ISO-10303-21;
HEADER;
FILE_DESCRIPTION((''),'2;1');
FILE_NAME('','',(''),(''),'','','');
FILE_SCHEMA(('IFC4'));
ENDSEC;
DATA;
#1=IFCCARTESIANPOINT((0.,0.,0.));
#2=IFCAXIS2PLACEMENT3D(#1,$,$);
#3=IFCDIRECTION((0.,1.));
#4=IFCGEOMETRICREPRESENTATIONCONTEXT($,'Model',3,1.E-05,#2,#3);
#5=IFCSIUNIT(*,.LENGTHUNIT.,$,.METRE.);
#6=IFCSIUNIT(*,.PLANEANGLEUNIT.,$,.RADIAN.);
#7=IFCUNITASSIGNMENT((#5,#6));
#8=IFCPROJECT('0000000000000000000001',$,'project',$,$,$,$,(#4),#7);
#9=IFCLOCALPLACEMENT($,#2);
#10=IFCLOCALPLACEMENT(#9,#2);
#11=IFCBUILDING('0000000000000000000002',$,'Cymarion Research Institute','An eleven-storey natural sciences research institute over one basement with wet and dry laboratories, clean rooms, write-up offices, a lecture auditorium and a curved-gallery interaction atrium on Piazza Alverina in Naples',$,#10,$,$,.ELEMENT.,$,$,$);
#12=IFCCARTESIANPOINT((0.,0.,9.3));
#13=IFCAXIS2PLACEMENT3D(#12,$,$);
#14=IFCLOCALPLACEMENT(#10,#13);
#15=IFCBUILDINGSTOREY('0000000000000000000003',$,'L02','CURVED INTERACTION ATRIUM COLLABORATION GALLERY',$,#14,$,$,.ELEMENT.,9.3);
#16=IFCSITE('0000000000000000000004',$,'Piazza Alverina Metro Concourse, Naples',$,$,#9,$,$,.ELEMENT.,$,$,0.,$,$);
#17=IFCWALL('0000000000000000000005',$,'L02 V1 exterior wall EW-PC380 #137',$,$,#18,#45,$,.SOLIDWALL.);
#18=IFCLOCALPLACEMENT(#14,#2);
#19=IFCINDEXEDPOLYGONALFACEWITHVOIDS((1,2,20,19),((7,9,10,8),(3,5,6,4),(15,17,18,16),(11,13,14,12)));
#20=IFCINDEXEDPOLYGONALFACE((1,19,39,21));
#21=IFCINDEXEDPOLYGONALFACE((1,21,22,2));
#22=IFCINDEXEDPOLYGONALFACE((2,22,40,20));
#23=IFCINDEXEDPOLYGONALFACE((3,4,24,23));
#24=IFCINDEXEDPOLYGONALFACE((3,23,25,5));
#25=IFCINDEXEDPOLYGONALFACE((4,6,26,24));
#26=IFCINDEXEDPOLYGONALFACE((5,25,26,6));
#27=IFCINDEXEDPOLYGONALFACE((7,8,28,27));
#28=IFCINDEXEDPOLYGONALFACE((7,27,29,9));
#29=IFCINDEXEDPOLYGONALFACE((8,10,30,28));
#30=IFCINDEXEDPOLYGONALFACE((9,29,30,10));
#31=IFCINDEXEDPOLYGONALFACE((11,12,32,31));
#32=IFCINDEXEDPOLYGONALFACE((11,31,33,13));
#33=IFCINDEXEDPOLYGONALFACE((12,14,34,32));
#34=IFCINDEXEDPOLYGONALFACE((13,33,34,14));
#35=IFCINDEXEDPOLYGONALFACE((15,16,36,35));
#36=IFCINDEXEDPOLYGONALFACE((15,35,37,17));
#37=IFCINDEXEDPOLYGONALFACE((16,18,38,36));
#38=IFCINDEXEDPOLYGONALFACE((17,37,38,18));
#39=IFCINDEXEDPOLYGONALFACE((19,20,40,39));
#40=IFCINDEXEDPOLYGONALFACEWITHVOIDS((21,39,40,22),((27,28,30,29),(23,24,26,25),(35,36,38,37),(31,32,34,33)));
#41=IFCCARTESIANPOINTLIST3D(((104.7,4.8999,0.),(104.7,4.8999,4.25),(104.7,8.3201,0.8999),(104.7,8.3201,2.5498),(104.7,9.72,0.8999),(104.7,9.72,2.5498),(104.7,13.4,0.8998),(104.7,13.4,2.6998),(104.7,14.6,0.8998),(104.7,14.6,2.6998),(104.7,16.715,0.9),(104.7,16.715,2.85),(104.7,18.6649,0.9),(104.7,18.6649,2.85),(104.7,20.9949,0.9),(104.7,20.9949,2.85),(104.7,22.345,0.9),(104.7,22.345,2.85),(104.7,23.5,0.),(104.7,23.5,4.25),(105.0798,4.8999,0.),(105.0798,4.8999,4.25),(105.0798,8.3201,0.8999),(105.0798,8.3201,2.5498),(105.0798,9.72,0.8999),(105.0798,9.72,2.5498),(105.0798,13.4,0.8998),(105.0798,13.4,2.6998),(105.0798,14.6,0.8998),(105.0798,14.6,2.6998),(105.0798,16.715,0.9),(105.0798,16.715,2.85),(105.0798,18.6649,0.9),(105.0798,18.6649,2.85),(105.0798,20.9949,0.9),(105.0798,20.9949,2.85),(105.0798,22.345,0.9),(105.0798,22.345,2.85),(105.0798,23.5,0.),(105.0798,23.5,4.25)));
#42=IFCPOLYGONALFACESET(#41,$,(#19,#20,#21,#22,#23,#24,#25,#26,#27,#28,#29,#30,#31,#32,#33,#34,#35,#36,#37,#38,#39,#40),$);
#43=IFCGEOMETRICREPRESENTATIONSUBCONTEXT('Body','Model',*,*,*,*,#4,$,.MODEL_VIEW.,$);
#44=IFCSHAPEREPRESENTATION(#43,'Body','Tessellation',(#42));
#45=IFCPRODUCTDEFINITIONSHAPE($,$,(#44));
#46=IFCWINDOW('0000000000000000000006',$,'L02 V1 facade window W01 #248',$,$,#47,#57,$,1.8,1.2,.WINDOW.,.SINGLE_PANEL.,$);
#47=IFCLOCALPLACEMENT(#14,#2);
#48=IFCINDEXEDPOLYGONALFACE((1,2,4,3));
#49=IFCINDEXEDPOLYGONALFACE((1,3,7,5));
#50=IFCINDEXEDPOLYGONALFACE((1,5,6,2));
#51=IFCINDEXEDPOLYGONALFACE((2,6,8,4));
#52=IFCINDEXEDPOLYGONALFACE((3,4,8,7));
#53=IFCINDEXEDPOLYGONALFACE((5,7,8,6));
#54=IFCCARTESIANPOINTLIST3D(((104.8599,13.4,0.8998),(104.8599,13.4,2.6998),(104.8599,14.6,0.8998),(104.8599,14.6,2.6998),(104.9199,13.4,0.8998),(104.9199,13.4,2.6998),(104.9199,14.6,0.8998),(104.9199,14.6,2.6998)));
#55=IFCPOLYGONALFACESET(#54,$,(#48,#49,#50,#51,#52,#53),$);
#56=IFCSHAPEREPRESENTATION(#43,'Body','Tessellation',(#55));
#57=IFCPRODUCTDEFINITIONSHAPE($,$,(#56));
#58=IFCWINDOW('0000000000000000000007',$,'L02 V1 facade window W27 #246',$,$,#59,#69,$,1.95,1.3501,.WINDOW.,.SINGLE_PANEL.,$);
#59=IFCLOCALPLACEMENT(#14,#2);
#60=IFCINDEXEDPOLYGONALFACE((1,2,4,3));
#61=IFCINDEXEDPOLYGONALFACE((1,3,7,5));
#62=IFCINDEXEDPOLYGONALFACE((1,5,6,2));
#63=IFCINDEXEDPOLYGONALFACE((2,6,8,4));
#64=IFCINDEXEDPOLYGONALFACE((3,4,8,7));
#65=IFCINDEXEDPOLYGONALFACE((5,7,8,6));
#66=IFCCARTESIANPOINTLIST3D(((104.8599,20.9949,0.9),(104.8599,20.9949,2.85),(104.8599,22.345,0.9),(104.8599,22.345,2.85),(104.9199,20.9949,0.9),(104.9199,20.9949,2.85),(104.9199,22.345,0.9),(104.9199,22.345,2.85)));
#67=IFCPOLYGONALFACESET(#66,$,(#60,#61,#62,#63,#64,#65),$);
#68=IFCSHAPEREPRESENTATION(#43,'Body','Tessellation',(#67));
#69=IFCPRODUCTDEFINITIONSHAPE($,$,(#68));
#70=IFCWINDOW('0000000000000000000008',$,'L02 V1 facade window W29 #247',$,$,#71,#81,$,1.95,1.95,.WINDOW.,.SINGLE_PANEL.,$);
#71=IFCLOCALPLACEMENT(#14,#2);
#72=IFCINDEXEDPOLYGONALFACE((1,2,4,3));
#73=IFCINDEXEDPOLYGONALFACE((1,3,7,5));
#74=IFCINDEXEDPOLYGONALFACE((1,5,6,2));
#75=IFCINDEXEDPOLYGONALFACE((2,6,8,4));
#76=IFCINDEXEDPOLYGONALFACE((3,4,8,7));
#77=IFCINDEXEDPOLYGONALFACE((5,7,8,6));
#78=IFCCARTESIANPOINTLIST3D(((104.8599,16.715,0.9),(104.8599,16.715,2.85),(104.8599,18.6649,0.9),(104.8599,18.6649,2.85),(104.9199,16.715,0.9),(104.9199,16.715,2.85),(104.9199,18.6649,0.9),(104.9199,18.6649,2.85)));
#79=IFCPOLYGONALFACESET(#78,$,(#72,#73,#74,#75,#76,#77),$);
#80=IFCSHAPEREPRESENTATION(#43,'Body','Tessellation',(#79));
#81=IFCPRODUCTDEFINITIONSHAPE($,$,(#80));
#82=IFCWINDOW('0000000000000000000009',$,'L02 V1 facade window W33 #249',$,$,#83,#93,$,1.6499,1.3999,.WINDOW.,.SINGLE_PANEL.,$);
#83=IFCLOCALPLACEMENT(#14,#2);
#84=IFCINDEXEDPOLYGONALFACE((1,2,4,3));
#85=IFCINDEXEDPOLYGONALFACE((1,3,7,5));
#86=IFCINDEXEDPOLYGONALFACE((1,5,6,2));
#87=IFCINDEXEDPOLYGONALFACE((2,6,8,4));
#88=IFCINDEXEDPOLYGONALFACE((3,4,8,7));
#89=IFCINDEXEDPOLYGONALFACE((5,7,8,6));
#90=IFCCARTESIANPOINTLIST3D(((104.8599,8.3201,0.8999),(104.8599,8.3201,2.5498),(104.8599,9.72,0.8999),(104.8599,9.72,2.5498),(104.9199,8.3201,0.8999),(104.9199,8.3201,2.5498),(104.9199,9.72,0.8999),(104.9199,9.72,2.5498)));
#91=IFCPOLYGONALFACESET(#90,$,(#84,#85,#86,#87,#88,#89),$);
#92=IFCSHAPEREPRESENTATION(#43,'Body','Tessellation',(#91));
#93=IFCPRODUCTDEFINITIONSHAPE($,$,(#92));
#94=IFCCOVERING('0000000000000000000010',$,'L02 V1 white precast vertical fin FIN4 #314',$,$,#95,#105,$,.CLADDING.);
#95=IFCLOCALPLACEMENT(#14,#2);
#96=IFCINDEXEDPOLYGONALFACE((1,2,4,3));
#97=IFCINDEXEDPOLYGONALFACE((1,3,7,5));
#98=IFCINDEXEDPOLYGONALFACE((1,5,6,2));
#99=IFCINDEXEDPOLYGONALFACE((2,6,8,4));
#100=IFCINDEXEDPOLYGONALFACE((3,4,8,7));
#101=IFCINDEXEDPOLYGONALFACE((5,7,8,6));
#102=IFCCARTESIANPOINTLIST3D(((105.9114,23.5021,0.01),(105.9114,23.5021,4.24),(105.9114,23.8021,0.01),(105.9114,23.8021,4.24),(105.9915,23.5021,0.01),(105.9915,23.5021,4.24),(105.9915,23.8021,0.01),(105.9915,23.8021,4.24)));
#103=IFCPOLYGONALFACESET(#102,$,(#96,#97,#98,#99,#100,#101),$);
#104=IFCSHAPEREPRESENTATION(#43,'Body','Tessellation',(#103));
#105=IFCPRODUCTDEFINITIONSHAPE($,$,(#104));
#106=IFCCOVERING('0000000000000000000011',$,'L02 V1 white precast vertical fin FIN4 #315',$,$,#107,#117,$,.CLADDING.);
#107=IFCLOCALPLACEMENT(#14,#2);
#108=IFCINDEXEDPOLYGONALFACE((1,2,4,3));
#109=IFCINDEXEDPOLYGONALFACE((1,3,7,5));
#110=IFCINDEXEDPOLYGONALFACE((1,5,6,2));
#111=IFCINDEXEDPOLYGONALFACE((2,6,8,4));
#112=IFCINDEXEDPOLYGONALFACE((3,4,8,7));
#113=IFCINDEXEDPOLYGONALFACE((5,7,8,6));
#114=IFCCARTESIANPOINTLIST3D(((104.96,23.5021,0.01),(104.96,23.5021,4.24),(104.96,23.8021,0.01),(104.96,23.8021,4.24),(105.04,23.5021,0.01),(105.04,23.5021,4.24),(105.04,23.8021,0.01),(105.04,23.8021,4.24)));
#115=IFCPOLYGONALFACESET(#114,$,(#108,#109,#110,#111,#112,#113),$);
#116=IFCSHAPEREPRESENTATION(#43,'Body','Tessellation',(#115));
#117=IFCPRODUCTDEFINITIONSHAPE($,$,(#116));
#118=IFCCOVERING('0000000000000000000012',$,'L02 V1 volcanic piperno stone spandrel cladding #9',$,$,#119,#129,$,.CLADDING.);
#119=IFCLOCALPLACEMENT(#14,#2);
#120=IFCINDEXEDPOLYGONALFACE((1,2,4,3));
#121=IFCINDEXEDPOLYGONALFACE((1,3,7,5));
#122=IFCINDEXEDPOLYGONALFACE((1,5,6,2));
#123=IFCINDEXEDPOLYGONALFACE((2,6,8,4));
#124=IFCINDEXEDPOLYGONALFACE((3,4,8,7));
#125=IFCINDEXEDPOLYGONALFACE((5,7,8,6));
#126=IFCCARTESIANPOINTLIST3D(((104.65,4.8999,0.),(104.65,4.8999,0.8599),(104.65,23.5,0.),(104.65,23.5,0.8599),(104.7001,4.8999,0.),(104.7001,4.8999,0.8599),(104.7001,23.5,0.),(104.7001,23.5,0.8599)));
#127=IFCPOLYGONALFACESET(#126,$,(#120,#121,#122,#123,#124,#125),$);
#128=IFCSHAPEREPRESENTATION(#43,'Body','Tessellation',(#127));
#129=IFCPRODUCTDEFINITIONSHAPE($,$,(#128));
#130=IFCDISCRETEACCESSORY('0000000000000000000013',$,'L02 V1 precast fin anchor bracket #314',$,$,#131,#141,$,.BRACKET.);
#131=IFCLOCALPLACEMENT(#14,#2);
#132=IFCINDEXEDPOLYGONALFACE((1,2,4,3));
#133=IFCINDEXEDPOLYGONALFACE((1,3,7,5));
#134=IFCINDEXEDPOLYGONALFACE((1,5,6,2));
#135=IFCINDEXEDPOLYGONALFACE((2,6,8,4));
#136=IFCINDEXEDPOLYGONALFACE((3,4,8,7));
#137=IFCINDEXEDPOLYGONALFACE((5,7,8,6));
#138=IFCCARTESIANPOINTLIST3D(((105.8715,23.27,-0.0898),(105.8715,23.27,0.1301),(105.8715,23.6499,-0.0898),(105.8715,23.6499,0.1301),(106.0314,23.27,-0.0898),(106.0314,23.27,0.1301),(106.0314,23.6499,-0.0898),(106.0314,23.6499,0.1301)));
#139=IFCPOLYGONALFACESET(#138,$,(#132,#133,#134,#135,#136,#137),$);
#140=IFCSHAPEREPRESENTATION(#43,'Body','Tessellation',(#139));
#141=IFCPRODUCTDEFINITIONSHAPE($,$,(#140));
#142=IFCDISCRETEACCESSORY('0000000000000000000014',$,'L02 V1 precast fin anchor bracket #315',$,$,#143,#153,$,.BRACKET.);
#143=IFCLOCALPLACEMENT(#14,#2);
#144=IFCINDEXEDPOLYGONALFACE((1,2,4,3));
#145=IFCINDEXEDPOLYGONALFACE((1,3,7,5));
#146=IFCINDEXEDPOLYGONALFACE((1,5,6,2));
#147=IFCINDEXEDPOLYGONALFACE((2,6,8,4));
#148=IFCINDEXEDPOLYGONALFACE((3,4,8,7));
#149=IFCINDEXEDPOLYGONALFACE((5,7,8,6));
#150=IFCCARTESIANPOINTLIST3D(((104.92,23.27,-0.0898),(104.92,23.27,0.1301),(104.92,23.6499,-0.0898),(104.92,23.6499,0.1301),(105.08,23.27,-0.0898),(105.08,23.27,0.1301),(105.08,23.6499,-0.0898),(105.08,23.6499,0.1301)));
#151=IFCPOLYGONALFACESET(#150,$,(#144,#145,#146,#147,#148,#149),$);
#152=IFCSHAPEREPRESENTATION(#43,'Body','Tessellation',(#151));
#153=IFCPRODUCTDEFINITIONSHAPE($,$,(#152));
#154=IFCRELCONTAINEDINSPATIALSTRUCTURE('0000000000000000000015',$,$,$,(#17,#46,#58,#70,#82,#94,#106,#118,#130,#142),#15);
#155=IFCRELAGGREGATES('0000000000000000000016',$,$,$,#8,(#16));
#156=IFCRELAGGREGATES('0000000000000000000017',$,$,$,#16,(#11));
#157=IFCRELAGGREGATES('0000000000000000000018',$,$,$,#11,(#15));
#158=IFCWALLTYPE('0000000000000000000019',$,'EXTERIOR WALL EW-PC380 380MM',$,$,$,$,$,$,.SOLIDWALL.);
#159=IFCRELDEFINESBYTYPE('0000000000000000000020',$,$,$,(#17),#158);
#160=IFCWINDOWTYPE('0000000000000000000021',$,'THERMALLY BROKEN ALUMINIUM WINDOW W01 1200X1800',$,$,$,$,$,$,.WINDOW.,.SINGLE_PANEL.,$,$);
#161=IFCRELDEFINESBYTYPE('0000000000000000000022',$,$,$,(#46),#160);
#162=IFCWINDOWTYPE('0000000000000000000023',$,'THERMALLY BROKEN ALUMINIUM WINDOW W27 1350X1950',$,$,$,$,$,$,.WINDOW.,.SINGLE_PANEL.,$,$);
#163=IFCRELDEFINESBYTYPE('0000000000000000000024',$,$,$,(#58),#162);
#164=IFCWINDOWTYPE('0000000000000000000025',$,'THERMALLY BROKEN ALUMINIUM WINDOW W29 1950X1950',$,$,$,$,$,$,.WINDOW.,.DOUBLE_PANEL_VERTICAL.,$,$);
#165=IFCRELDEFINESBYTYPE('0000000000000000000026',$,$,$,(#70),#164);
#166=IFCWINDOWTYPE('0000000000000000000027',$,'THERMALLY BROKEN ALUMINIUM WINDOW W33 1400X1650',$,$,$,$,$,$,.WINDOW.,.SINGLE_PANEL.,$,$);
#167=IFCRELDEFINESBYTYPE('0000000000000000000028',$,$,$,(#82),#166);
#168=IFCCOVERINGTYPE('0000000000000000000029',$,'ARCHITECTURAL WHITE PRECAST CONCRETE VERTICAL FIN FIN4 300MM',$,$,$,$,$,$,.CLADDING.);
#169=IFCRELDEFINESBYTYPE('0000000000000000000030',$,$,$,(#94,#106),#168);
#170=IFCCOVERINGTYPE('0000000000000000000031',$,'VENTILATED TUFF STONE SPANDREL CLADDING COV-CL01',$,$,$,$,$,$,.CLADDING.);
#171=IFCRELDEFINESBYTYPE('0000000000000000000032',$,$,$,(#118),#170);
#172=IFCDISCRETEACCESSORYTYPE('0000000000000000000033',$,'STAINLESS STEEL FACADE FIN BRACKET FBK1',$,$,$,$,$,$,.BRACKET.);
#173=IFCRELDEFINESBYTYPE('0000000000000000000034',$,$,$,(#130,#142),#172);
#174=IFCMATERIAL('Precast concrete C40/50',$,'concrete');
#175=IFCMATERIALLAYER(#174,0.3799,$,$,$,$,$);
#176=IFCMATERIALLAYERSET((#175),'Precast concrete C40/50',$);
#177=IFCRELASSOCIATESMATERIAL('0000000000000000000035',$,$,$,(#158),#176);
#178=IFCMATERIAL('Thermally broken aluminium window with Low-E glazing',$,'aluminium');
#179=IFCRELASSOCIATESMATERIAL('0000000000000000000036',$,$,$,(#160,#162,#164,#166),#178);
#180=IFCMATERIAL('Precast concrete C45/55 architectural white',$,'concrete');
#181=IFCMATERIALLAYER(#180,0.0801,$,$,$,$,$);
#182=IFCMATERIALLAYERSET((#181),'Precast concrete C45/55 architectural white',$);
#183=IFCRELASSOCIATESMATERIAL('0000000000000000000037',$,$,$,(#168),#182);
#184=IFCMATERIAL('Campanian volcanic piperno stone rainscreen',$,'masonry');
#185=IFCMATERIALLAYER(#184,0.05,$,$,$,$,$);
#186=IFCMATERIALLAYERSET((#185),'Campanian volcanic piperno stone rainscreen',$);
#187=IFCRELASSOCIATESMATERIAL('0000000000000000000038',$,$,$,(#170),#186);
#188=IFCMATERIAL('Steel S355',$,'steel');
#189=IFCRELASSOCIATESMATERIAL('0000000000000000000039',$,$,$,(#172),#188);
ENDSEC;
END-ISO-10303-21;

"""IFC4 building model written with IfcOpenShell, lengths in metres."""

from ifc_helpers import new_model, si_unit, direction, frame, frame_2d, origin, origin_2d, place, context, subcontext, project, spatial, rectangle, extrude, material, layer, layer_set, type_object, element, fill, save


model = new_model("IFC4")

# Units and contexts
model_context = context("Model", 3, precision=1e-05, world=origin(), true_north=direction((0.0, 1.0)))
body_context = subcontext(model_context, "Body", "Model", "MODEL_VIEW")
ifc_project = project(units=[si_unit("LENGTHUNIT", "METRE"), si_unit("PLANEANGLEUNIT", "RADIAN")], contexts=[model_context])

# Site, building, storey
site_placement = place(None, origin())
site = spatial("IfcSite", under=ifc_project, at=site_placement, Name="Piazza Alverina Metro Concourse, Naples", CompositionType="ELEMENT", RefElevation=0.0)
building_placement = place(site_placement, origin())
building = spatial("IfcBuilding", under=site, at=building_placement, Name="Cymarion Research Institute", Description="An eleven-storey natural sciences research institute over one basement with wet and dry laboratories, clean rooms, write-up offices, a lecture auditorium and a curved-gallery interaction atrium on Piazza Alverina in Naples", CompositionType="ELEMENT")
storey_placement = place(building_placement, frame((0.0, 0.0, 9.3)))
storey = spatial("IfcBuildingStorey", under=building, at=storey_placement, Name="L02", Description="CURVED INTERACTION ATRIUM COLLABORATION GALLERY", CompositionType="ELEMENT", Elevation=9.3)

# Shared definitions
ifc_material_1 = material(Name="Steel S355", Category="steel")

# Wall, openings, windows
ifc_material_2 = material(Name="Precast concrete C40/50", Category="concrete")
ifc_layer_1 = layer(ifc_material_2, 0.3799)
ifc_layer_set_1 = layer_set([ifc_layer_1], Name="Precast concrete C40/50")
wall_type = type_object("IfcWallType", Name="EXTERIOR WALL EW-PC380 380MM", PredefinedType="SOLIDWALL", material=ifc_layer_set_1)
wall_placement = place(storey_placement, frame((104.8899, 23.5, 0.0), z_axis=(0.0, 0.0, 1.0), x_axis=(0.0, -1.0, 0.0)))
wall = element("IfcWall", 1, at=wall_placement, inside=storey, type_object=wall_type, Name="L02 V1 exterior wall EW-PC380 #137", PredefinedType="SOLIDWALL", context=body_context, shape_type="SweptSolid", body=[
    extrude(rectangle(XDim=18.6001, YDim=0.3799, at=frame_2d((9.3, 0.0))), origin(), (0.0, 0.0, 1.0), 4.25),
])
opening_1_placement = place(wall_placement, frame((1.155, 0.0, 0.8999)))
opening_1 = element("IfcOpeningElement", 2, at=opening_1_placement, cuts=wall, PredefinedType="OPENING", context=body_context, shape_type="SweptSolid", body=[
    extrude(rectangle(XDim=1.3501, YDim=1.95, at=frame_2d((0.675, 0.9751))), frame((0.0, 0.2, 0.0), z_axis=(0.0, -1.0, 0.0), x_axis=(1.0, 0.0, 0.0)), (0.0, 0.0, 1.0), 0.3999),
])
opening_2_placement = place(wall_placement, frame((4.835, 0.0, 0.8999)))
opening_2 = element("IfcOpeningElement", 3, at=opening_2_placement, cuts=wall, PredefinedType="OPENING", context=body_context, shape_type="SweptSolid", body=[
    extrude(rectangle(XDim=1.95, YDim=1.95, at=frame_2d((0.9751, 0.9751))), frame((0.0, 0.2, 0.0), z_axis=(0.0, -1.0, 0.0), x_axis=(1.0, 0.0, 0.0)), (0.0, 0.0, 1.0), 0.3999),
])
opening_3_placement = place(wall_placement, frame((8.8999, 0.0, 0.8999)))
opening_3 = element("IfcOpeningElement", 4, at=opening_3_placement, cuts=wall, PredefinedType="OPENING", context=body_context, shape_type="SweptSolid", body=[
    extrude(rectangle(XDim=1.2, YDim=1.8, at=frame_2d((0.6001, 0.8999))), frame((0.0, 0.2, 0.0), z_axis=(0.0, -1.0, 0.0), x_axis=(1.0, 0.0, 0.0)), (0.0, 0.0, 1.0), 0.3999),
])
opening_4_placement = place(wall_placement, frame((13.78, 0.0, 0.8999)))
opening_4 = element("IfcOpeningElement", 5, at=opening_4_placement, cuts=wall, PredefinedType="OPENING", context=body_context, shape_type="SweptSolid", body=[
    extrude(rectangle(XDim=1.3999, YDim=1.6499, at=frame_2d((0.7, 0.825))), frame((0.0, 0.2, 0.0), z_axis=(0.0, -1.0, 0.0), x_axis=(1.0, 0.0, 0.0)), (0.0, 0.0, 1.0), 0.3999),
])
ifc_material_3 = material(Name="Thermally broken aluminium window with Low-E glazing", Category="aluminium")
window_type_1 = type_object("IfcWindowType", Name="THERMALLY BROKEN ALUMINIUM WINDOW W01 1200X1800", PartitioningType="SINGLE_PANEL", PredefinedType="WINDOW", material=ifc_material_3)
window_1_placement = place(opening_3_placement, origin())
window_1 = element("IfcWindow", 6, at=window_1_placement, inside=storey, type_object=window_type_1, Name="L02 V1 facade window W01 #248", OverallHeight=1.8, OverallWidth=1.2, PartitioningType="SINGLE_PANEL", PredefinedType="WINDOW", context=body_context, shape_type="SweptSolid", body=[
    extrude(rectangle(XDim=1.2, YDim=1.8, at=frame_2d((0.6001, 0.8999))), frame((0.0, 0.03, 0.0), z_axis=(0.0, -1.0, 0.0), x_axis=(1.0, 0.0, 0.0)), (0.0, 0.0, 1.0), 0.0601),
])
fill(opening_3, window_1)
window_type_2 = type_object("IfcWindowType", Name="THERMALLY BROKEN ALUMINIUM WINDOW W27 1350X1950", PartitioningType="SINGLE_PANEL", PredefinedType="WINDOW", material=ifc_material_3)
window_2_placement = place(opening_1_placement, origin())
window_2 = element("IfcWindow", 7, at=window_2_placement, inside=storey, type_object=window_type_2, Name="L02 V1 facade window W27 #246", OverallHeight=1.95, OverallWidth=1.3501, PartitioningType="SINGLE_PANEL", PredefinedType="WINDOW", context=body_context, shape_type="SweptSolid", body=[
    extrude(rectangle(XDim=1.3501, YDim=1.95, at=frame_2d((0.675, 0.9751))), frame((0.0, 0.03, 0.0), z_axis=(0.0, -1.0, 0.0), x_axis=(1.0, 0.0, 0.0)), (0.0, 0.0, 1.0), 0.0601),
])
fill(opening_1, window_2)
window_type_3 = type_object("IfcWindowType", Name="THERMALLY BROKEN ALUMINIUM WINDOW W29 1950X1950", PartitioningType="DOUBLE_PANEL_VERTICAL", PredefinedType="WINDOW", material=ifc_material_3)
window_3_placement = place(opening_2_placement, origin())
window_3 = element("IfcWindow", 8, at=window_3_placement, inside=storey, type_object=window_type_3, Name="L02 V1 facade window W29 #247", OverallHeight=1.95, OverallWidth=1.95, PartitioningType="SINGLE_PANEL", PredefinedType="WINDOW", context=body_context, shape_type="SweptSolid", body=[
    extrude(rectangle(XDim=1.95, YDim=1.95, at=frame_2d((0.9751, 0.9751))), frame((0.0, 0.03, 0.0), z_axis=(0.0, -1.0, 0.0), x_axis=(1.0, 0.0, 0.0)), (0.0, 0.0, 1.0), 0.0601),
])
fill(opening_2, window_3)
window_type_4 = type_object("IfcWindowType", Name="THERMALLY BROKEN ALUMINIUM WINDOW W33 1400X1650", PartitioningType="SINGLE_PANEL", PredefinedType="WINDOW", material=ifc_material_3)
window_4_placement = place(opening_4_placement, origin())
window_4 = element("IfcWindow", 9, at=window_4_placement, inside=storey, type_object=window_type_4, Name="L02 V1 facade window W33 #249", OverallHeight=1.6499, OverallWidth=1.3999, PartitioningType="SINGLE_PANEL", PredefinedType="WINDOW", context=body_context, shape_type="SweptSolid", body=[
    extrude(rectangle(XDim=1.3999, YDim=1.6499, at=frame_2d((0.7, 0.825))), frame((0.0, 0.03, 0.0), z_axis=(0.0, -1.0, 0.0), x_axis=(1.0, 0.0, 0.0)), (0.0, 0.0, 1.0), 0.0601),
])
fill(opening_4, window_4)

# Coverings
ifc_material_4 = material(Name="Precast concrete C45/55 architectural white", Category="concrete")
ifc_layer_2 = layer(ifc_material_4, 0.0801)
ifc_layer_set_2 = layer_set([ifc_layer_2], Name="Precast concrete C45/55 architectural white")
covering_type_1 = type_object("IfcCoveringType", Name="ARCHITECTURAL WHITE PRECAST CONCRETE VERTICAL FIN FIN4 300MM", PredefinedType="CLADDING", material=ifc_layer_set_2)
for number, where, z_axis, x_axis, name in (
    (10, (105.9514, 23.6521, 0.01), (0.0, 0.0, 1.0), (0.0, 1.0, 0.0), "L02 V1 white precast vertical fin FIN4 #314"),
    (11, (105.0, 23.6521, 0.01), (0.0, 0.0, 1.0), (0.0, 1.0, 0.0), "L02 V1 white precast vertical fin FIN4 #315"),
):
    element("IfcCovering", number, at=place(storey_placement, frame(where, z_axis=z_axis, x_axis=x_axis)), inside=storey, type_object=covering_type_1, Name=name, PredefinedType="CLADDING", context=body_context, shape_type="SweptSolid", body=[
        extrude(rectangle(XDim=0.3, YDim=0.0801, at=origin_2d()), origin(), (0.0, 0.0, 1.0), 4.23),
    ])
ifc_material_5 = material(Name="Campanian volcanic piperno stone rainscreen", Category="masonry")
ifc_layer_3 = layer(ifc_material_5, 0.05)
ifc_layer_set_3 = layer_set([ifc_layer_3], Name="Campanian volcanic piperno stone rainscreen")
covering_type_2 = type_object("IfcCoveringType", Name="VENTILATED TUFF STONE SPANDREL CLADDING COV-CL01", PredefinedType="CLADDING", material=ifc_layer_set_3)
covering_placement = place(storey_placement, frame((104.675, 23.5, 0.0), z_axis=(0.0, 0.0, 1.0), x_axis=(0.0, -1.0, 0.0)))
element("IfcCovering", 12, at=covering_placement, inside=storey, type_object=covering_type_2, Name="L02 V1 volcanic piperno stone spandrel cladding #9", PredefinedType="CLADDING", context=body_context, shape_type="SweptSolid", body=[
    extrude(rectangle(XDim=18.6001, YDim=0.05, at=frame_2d((9.3, 0.0))), origin(), (0.0, 0.0, 1.0), 0.8599),
])

# Discrete accessories
discrete_accessory_type = type_object("IfcDiscreteAccessoryType", Name="STAINLESS STEEL FACADE FIN BRACKET FBK1", PredefinedType="BRACKET", material=ifc_material_1)
for number, where, z_axis, x_axis, name in (
    (13, (105.9514, 23.46, -0.0898), (0.0, 0.0, 1.0), (0.0, 1.0, 0.0), "L02 V1 precast fin anchor bracket #314"),
    (14, (105.0, 23.46, -0.0898), (0.0, 0.0, 1.0), (0.0, 1.0, 0.0), "L02 V1 precast fin anchor bracket #315"),
):
    element("IfcDiscreteAccessory", number, at=place(storey_placement, frame(where, z_axis=z_axis, x_axis=x_axis)), inside=storey, type_object=discrete_accessory_type, Name=name, PredefinedType="BRACKET", context=body_context, shape_type="SweptSolid", body=[
        extrude(rectangle(XDim=0.3799, YDim=0.1599, at=origin_2d()), origin(), (0.0, 0.0, 1.0), 0.22),
    ])

save(model, "model.ifc")
